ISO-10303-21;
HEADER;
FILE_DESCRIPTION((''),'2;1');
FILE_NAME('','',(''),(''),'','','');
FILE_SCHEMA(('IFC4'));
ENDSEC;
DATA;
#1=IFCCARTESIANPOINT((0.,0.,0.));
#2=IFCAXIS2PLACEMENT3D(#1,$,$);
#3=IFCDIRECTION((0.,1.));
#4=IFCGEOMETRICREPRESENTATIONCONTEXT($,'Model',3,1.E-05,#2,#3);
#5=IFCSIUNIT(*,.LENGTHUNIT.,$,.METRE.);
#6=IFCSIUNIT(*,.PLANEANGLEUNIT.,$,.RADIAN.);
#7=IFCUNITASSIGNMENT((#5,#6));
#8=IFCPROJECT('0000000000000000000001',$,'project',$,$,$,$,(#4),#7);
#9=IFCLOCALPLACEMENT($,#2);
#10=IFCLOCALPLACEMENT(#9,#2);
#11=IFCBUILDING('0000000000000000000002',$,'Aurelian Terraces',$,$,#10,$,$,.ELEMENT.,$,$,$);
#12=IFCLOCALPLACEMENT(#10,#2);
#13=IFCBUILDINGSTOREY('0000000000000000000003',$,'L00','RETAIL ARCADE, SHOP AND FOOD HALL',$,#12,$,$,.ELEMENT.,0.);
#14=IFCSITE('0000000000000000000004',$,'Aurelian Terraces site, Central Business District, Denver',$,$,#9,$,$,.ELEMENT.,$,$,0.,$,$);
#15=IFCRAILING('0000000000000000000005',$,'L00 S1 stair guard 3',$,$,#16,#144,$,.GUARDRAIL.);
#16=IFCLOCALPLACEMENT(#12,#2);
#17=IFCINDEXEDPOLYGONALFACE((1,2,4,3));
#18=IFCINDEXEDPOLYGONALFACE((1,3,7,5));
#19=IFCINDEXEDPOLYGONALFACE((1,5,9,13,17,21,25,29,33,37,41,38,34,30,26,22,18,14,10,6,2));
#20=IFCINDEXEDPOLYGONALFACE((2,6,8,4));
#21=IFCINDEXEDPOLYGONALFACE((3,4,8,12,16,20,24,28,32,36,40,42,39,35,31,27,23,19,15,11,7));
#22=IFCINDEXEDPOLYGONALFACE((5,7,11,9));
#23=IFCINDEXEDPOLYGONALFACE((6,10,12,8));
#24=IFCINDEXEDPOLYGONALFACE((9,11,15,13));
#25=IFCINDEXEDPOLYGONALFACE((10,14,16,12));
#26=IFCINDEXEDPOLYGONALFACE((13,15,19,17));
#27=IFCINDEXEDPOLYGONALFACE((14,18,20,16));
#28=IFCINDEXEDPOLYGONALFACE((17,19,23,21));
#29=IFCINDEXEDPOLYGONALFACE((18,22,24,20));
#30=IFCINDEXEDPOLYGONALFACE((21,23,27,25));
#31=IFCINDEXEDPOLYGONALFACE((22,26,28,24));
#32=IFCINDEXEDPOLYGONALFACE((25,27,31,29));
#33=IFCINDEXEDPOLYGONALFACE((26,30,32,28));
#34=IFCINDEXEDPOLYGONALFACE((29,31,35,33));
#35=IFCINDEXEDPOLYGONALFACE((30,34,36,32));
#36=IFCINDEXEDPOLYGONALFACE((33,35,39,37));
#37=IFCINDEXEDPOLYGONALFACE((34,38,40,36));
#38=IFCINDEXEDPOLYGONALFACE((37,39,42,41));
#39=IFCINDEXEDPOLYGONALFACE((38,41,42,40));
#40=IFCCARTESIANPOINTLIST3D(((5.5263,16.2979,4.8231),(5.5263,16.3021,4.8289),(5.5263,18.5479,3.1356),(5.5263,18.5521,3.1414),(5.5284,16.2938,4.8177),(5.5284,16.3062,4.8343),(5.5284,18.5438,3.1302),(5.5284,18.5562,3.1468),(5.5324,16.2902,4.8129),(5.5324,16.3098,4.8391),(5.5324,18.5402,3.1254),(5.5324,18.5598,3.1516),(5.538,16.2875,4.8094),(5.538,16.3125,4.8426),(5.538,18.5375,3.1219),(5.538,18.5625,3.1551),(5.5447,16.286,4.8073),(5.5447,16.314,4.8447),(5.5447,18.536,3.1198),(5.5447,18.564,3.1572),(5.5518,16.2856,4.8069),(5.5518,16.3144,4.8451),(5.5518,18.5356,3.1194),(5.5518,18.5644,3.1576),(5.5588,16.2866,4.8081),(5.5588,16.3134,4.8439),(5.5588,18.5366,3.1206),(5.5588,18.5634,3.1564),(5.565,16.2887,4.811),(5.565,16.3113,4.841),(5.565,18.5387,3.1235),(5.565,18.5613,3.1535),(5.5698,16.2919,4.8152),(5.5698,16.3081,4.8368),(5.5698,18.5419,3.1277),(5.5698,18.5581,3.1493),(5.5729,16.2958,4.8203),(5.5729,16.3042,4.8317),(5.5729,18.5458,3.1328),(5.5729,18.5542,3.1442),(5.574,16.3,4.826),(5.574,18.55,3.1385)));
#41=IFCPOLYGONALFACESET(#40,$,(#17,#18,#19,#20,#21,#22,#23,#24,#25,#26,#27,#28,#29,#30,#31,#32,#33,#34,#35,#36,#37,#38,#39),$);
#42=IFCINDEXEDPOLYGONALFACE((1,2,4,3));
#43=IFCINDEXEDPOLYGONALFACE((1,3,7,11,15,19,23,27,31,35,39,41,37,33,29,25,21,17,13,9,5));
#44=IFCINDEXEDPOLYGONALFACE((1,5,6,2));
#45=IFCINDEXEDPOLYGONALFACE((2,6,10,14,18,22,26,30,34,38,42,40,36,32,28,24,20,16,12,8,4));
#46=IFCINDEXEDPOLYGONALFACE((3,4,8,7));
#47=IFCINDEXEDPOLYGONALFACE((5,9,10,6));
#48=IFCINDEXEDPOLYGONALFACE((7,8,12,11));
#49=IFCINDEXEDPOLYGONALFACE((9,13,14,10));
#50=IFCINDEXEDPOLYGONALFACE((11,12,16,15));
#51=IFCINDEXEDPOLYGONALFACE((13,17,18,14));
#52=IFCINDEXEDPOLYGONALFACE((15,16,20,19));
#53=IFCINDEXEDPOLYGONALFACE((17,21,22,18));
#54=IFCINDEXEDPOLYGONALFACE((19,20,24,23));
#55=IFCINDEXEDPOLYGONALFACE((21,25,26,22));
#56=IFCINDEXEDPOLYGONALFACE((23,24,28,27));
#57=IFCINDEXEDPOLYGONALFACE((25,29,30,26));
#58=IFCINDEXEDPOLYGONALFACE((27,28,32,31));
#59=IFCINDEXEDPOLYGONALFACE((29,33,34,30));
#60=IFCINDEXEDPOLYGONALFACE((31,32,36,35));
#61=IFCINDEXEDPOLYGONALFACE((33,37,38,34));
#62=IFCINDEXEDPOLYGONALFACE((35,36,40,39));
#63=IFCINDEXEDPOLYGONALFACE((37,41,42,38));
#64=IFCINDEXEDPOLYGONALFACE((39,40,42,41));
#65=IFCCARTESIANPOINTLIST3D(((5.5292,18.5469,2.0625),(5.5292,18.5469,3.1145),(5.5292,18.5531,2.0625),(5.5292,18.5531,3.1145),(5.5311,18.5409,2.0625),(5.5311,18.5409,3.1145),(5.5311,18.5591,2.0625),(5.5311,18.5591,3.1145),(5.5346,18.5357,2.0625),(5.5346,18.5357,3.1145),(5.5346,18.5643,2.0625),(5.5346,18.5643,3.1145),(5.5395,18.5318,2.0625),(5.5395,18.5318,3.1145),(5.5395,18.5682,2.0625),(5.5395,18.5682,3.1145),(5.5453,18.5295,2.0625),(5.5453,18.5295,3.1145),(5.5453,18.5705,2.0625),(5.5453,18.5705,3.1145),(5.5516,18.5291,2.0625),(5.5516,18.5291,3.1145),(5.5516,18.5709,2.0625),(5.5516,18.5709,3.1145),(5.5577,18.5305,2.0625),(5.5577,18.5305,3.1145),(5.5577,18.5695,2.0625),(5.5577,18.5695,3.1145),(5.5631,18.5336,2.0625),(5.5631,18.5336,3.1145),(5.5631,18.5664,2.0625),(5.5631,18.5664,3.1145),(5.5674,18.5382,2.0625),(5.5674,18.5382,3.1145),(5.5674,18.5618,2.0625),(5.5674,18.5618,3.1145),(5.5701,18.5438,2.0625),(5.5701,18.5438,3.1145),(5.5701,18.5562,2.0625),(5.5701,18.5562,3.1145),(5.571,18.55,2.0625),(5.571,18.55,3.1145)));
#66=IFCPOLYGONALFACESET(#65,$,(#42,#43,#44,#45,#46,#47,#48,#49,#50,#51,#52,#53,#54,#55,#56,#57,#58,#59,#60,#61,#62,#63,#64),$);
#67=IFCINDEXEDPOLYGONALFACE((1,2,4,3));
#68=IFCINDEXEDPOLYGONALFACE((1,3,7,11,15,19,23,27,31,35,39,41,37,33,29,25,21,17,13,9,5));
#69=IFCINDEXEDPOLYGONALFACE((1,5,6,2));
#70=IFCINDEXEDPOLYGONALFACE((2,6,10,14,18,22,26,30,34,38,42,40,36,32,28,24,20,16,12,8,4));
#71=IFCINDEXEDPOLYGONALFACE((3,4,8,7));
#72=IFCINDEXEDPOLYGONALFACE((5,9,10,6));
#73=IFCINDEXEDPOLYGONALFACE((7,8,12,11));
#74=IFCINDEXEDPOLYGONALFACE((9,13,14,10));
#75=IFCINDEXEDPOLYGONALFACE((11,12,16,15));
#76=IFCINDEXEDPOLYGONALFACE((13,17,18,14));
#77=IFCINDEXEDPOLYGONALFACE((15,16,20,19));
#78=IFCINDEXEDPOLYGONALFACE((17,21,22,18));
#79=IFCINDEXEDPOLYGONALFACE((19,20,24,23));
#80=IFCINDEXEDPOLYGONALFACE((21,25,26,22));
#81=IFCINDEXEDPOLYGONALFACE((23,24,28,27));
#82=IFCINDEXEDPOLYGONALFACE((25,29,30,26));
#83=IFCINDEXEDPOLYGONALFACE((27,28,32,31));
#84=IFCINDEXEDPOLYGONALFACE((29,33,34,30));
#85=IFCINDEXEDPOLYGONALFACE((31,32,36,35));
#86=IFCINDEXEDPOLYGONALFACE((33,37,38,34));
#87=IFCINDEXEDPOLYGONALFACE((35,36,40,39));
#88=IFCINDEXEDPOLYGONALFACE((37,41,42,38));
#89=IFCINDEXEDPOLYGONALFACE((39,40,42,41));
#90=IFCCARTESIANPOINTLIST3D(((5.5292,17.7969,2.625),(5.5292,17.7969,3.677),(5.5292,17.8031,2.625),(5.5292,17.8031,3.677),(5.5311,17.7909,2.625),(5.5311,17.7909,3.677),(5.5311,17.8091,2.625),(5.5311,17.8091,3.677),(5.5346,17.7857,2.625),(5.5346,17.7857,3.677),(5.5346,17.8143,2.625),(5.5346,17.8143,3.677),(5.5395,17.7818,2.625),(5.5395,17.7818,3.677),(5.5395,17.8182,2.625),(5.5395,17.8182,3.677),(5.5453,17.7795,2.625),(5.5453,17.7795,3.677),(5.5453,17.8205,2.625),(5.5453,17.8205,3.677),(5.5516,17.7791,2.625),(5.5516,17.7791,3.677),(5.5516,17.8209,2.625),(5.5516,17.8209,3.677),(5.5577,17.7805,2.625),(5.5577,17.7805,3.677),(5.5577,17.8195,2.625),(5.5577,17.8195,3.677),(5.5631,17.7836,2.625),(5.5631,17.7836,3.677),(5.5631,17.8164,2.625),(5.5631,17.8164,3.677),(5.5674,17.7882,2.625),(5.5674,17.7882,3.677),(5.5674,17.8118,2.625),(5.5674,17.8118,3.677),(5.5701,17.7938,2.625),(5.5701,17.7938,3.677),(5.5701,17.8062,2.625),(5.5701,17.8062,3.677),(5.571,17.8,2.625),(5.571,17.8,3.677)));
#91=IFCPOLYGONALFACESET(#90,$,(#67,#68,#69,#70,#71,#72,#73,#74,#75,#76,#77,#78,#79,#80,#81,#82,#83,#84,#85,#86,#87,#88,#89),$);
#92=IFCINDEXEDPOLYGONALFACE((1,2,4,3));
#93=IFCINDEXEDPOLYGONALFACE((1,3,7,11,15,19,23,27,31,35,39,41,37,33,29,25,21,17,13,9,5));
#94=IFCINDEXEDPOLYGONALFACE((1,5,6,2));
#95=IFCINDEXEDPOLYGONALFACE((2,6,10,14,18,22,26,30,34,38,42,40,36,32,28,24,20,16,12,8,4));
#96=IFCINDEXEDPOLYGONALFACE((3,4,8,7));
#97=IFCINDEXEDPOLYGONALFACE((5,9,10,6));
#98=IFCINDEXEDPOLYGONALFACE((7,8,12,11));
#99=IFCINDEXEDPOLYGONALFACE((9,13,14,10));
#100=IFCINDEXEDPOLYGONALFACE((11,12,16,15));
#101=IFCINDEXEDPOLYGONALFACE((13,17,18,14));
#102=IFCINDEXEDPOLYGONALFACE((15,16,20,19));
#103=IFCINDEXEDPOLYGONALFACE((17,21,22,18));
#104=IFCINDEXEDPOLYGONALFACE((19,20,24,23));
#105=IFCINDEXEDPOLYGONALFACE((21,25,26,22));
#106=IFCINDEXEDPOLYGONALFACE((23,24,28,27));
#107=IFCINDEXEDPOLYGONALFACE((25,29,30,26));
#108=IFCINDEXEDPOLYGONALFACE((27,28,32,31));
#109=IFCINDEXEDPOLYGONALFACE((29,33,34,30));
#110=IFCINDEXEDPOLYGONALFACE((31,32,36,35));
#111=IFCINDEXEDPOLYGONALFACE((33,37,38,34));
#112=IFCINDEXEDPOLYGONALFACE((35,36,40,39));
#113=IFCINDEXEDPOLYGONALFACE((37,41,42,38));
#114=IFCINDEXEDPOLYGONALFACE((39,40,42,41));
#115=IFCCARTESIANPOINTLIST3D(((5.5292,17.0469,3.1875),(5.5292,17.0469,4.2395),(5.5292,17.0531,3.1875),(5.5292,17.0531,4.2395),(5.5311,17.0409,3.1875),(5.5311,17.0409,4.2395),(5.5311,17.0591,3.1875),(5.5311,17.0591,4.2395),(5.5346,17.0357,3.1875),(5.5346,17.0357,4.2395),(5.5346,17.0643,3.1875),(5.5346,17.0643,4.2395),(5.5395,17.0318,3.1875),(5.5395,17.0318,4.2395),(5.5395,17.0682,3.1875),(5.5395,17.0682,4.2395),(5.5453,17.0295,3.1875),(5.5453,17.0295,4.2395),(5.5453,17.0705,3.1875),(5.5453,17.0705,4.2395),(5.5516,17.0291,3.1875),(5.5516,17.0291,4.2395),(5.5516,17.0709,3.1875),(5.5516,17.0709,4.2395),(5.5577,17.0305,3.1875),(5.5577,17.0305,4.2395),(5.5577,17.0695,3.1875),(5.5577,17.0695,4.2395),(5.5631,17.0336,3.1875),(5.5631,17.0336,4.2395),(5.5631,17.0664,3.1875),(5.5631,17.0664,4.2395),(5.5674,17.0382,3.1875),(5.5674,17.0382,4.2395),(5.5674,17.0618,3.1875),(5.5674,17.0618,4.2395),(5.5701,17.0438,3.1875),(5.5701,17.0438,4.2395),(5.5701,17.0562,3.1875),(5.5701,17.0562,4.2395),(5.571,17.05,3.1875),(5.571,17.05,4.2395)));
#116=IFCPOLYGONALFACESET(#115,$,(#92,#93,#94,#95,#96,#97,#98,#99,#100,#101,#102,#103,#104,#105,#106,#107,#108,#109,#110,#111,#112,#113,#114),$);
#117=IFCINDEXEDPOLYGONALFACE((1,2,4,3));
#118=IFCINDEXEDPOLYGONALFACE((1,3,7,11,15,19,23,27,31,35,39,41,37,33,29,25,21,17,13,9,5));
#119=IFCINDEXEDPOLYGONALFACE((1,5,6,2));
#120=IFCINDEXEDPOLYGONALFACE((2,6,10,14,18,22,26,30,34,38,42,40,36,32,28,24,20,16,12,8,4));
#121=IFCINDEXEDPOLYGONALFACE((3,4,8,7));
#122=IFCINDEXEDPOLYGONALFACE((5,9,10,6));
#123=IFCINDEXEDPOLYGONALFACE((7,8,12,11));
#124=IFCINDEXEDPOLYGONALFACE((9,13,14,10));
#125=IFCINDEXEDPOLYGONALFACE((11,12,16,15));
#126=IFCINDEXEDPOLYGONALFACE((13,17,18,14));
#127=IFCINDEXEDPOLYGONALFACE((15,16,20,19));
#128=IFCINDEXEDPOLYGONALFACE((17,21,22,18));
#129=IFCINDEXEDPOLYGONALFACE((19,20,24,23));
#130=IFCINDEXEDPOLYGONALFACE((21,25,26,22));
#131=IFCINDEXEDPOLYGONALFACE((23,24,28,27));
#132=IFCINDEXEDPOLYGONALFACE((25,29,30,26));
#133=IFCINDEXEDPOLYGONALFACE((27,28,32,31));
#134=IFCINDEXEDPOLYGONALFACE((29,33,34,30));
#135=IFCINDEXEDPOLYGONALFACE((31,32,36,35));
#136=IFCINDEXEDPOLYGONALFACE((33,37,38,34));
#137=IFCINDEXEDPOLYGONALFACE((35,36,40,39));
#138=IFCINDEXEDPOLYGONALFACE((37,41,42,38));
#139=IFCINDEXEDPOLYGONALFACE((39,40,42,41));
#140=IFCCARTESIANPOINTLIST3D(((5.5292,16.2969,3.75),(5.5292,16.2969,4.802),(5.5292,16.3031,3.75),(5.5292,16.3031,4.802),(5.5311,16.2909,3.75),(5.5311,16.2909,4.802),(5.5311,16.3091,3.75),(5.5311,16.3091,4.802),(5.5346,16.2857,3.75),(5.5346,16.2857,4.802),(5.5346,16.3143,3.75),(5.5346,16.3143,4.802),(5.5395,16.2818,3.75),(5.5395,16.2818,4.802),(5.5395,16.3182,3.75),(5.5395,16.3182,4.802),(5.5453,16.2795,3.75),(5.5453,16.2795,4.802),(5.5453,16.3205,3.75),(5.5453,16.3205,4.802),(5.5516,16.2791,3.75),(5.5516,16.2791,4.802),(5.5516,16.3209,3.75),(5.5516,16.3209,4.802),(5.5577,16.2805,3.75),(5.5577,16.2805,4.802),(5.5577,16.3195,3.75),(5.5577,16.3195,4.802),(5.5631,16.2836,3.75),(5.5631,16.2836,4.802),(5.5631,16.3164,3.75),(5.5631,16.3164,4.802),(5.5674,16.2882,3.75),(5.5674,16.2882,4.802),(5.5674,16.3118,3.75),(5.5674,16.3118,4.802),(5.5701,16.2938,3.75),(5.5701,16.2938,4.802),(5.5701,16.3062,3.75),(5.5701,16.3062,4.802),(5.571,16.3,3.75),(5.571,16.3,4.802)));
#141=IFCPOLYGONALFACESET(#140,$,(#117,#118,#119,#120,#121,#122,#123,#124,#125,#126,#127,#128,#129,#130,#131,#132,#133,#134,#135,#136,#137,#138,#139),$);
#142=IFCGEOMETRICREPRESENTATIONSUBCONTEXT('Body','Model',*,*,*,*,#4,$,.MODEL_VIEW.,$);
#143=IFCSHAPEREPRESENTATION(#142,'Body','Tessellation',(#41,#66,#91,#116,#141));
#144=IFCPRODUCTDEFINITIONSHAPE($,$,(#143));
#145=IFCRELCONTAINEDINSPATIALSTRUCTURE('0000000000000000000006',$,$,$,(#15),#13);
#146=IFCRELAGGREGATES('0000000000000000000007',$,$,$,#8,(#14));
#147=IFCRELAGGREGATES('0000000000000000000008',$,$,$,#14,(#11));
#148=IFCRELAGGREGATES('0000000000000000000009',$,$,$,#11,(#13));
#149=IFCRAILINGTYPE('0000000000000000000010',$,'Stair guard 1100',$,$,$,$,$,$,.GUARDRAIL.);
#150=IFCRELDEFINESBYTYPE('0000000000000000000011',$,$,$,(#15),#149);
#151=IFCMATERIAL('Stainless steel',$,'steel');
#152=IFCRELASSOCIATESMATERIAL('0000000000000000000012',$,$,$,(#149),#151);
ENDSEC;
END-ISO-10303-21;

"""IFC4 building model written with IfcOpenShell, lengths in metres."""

from ifc_helpers import new_model, si_unit, direction, frame, origin, origin_2d, place, context, subcontext, project, spatial, circle, extrude, material, type_object, element, save


model = new_model("IFC4")

# Units and contexts
model_context = context("Model", 3, precision=1e-05, world=origin(), true_north=direction((0.0, 1.0)))
body_context = subcontext(model_context, "Body", "Model", "MODEL_VIEW")
ifc_project = project(units=[si_unit("LENGTHUNIT", "METRE"), si_unit("PLANEANGLEUNIT", "RADIAN")], contexts=[model_context])

# Site, building, storey
site_placement = place(None, origin())
site = spatial("IfcSite", under=ifc_project, at=site_placement, Name="Aurelian Terraces site, Central Business District, Denver", CompositionType="ELEMENT", RefElevation=0.0)
building_placement = place(site_placement, origin())
building = spatial("IfcBuilding", under=site, at=building_placement, Name="Aurelian Terraces", CompositionType="ELEMENT")
storey_placement = place(building_placement, origin())
storey = spatial("IfcBuildingStorey", under=building, at=storey_placement, Name="L00", Description="RETAIL ARCADE, SHOP AND FOOD HALL", CompositionType="ELEMENT", Elevation=0.0)

# Railing
ifc_material_1 = material(Name="Stainless steel", Category="steel")
railing_type_1 = type_object("IfcRailingType", Name="Stair guard 1100", PredefinedType="GUARDRAIL", material=ifc_material_1)
railing_1_placement = place(storey_placement, frame((5.55, 18.55, 2.0625)))
element("IfcRailing", 1, at=railing_1_placement, inside=storey, type_object=railing_type_1, Name="L00 S1 stair guard 3", PredefinedType="GUARDRAIL", context=body_context, shape_type="SweptSolid", body=[
    extrude(circle(Radius=0.024, at=origin_2d()), frame((0.0, 0.0, 1.076), z_axis=(0.0, -0.8, 0.6), x_axis=(1.0, 0.0, 0.0)), (0.0, 0.0, 1.0), 2.8125),
    extrude(circle(Radius=0.021, at=origin_2d()), origin(), (0.0, 0.0, 1.0), 1.052),
    extrude(circle(Radius=0.021, at=origin_2d()), frame((0.0, -0.75, 0.5625)), (0.0, 0.0, 1.0), 1.052),
    extrude(circle(Radius=0.021, at=origin_2d()), frame((0.0, -1.5, 1.125)), (0.0, 0.0, 1.0), 1.052),
    extrude(circle(Radius=0.021, at=origin_2d()), frame((0.0, -2.25, 1.6875)), (0.0, 0.0, 1.0), 1.052),
])

save(model, "model.ifc")
